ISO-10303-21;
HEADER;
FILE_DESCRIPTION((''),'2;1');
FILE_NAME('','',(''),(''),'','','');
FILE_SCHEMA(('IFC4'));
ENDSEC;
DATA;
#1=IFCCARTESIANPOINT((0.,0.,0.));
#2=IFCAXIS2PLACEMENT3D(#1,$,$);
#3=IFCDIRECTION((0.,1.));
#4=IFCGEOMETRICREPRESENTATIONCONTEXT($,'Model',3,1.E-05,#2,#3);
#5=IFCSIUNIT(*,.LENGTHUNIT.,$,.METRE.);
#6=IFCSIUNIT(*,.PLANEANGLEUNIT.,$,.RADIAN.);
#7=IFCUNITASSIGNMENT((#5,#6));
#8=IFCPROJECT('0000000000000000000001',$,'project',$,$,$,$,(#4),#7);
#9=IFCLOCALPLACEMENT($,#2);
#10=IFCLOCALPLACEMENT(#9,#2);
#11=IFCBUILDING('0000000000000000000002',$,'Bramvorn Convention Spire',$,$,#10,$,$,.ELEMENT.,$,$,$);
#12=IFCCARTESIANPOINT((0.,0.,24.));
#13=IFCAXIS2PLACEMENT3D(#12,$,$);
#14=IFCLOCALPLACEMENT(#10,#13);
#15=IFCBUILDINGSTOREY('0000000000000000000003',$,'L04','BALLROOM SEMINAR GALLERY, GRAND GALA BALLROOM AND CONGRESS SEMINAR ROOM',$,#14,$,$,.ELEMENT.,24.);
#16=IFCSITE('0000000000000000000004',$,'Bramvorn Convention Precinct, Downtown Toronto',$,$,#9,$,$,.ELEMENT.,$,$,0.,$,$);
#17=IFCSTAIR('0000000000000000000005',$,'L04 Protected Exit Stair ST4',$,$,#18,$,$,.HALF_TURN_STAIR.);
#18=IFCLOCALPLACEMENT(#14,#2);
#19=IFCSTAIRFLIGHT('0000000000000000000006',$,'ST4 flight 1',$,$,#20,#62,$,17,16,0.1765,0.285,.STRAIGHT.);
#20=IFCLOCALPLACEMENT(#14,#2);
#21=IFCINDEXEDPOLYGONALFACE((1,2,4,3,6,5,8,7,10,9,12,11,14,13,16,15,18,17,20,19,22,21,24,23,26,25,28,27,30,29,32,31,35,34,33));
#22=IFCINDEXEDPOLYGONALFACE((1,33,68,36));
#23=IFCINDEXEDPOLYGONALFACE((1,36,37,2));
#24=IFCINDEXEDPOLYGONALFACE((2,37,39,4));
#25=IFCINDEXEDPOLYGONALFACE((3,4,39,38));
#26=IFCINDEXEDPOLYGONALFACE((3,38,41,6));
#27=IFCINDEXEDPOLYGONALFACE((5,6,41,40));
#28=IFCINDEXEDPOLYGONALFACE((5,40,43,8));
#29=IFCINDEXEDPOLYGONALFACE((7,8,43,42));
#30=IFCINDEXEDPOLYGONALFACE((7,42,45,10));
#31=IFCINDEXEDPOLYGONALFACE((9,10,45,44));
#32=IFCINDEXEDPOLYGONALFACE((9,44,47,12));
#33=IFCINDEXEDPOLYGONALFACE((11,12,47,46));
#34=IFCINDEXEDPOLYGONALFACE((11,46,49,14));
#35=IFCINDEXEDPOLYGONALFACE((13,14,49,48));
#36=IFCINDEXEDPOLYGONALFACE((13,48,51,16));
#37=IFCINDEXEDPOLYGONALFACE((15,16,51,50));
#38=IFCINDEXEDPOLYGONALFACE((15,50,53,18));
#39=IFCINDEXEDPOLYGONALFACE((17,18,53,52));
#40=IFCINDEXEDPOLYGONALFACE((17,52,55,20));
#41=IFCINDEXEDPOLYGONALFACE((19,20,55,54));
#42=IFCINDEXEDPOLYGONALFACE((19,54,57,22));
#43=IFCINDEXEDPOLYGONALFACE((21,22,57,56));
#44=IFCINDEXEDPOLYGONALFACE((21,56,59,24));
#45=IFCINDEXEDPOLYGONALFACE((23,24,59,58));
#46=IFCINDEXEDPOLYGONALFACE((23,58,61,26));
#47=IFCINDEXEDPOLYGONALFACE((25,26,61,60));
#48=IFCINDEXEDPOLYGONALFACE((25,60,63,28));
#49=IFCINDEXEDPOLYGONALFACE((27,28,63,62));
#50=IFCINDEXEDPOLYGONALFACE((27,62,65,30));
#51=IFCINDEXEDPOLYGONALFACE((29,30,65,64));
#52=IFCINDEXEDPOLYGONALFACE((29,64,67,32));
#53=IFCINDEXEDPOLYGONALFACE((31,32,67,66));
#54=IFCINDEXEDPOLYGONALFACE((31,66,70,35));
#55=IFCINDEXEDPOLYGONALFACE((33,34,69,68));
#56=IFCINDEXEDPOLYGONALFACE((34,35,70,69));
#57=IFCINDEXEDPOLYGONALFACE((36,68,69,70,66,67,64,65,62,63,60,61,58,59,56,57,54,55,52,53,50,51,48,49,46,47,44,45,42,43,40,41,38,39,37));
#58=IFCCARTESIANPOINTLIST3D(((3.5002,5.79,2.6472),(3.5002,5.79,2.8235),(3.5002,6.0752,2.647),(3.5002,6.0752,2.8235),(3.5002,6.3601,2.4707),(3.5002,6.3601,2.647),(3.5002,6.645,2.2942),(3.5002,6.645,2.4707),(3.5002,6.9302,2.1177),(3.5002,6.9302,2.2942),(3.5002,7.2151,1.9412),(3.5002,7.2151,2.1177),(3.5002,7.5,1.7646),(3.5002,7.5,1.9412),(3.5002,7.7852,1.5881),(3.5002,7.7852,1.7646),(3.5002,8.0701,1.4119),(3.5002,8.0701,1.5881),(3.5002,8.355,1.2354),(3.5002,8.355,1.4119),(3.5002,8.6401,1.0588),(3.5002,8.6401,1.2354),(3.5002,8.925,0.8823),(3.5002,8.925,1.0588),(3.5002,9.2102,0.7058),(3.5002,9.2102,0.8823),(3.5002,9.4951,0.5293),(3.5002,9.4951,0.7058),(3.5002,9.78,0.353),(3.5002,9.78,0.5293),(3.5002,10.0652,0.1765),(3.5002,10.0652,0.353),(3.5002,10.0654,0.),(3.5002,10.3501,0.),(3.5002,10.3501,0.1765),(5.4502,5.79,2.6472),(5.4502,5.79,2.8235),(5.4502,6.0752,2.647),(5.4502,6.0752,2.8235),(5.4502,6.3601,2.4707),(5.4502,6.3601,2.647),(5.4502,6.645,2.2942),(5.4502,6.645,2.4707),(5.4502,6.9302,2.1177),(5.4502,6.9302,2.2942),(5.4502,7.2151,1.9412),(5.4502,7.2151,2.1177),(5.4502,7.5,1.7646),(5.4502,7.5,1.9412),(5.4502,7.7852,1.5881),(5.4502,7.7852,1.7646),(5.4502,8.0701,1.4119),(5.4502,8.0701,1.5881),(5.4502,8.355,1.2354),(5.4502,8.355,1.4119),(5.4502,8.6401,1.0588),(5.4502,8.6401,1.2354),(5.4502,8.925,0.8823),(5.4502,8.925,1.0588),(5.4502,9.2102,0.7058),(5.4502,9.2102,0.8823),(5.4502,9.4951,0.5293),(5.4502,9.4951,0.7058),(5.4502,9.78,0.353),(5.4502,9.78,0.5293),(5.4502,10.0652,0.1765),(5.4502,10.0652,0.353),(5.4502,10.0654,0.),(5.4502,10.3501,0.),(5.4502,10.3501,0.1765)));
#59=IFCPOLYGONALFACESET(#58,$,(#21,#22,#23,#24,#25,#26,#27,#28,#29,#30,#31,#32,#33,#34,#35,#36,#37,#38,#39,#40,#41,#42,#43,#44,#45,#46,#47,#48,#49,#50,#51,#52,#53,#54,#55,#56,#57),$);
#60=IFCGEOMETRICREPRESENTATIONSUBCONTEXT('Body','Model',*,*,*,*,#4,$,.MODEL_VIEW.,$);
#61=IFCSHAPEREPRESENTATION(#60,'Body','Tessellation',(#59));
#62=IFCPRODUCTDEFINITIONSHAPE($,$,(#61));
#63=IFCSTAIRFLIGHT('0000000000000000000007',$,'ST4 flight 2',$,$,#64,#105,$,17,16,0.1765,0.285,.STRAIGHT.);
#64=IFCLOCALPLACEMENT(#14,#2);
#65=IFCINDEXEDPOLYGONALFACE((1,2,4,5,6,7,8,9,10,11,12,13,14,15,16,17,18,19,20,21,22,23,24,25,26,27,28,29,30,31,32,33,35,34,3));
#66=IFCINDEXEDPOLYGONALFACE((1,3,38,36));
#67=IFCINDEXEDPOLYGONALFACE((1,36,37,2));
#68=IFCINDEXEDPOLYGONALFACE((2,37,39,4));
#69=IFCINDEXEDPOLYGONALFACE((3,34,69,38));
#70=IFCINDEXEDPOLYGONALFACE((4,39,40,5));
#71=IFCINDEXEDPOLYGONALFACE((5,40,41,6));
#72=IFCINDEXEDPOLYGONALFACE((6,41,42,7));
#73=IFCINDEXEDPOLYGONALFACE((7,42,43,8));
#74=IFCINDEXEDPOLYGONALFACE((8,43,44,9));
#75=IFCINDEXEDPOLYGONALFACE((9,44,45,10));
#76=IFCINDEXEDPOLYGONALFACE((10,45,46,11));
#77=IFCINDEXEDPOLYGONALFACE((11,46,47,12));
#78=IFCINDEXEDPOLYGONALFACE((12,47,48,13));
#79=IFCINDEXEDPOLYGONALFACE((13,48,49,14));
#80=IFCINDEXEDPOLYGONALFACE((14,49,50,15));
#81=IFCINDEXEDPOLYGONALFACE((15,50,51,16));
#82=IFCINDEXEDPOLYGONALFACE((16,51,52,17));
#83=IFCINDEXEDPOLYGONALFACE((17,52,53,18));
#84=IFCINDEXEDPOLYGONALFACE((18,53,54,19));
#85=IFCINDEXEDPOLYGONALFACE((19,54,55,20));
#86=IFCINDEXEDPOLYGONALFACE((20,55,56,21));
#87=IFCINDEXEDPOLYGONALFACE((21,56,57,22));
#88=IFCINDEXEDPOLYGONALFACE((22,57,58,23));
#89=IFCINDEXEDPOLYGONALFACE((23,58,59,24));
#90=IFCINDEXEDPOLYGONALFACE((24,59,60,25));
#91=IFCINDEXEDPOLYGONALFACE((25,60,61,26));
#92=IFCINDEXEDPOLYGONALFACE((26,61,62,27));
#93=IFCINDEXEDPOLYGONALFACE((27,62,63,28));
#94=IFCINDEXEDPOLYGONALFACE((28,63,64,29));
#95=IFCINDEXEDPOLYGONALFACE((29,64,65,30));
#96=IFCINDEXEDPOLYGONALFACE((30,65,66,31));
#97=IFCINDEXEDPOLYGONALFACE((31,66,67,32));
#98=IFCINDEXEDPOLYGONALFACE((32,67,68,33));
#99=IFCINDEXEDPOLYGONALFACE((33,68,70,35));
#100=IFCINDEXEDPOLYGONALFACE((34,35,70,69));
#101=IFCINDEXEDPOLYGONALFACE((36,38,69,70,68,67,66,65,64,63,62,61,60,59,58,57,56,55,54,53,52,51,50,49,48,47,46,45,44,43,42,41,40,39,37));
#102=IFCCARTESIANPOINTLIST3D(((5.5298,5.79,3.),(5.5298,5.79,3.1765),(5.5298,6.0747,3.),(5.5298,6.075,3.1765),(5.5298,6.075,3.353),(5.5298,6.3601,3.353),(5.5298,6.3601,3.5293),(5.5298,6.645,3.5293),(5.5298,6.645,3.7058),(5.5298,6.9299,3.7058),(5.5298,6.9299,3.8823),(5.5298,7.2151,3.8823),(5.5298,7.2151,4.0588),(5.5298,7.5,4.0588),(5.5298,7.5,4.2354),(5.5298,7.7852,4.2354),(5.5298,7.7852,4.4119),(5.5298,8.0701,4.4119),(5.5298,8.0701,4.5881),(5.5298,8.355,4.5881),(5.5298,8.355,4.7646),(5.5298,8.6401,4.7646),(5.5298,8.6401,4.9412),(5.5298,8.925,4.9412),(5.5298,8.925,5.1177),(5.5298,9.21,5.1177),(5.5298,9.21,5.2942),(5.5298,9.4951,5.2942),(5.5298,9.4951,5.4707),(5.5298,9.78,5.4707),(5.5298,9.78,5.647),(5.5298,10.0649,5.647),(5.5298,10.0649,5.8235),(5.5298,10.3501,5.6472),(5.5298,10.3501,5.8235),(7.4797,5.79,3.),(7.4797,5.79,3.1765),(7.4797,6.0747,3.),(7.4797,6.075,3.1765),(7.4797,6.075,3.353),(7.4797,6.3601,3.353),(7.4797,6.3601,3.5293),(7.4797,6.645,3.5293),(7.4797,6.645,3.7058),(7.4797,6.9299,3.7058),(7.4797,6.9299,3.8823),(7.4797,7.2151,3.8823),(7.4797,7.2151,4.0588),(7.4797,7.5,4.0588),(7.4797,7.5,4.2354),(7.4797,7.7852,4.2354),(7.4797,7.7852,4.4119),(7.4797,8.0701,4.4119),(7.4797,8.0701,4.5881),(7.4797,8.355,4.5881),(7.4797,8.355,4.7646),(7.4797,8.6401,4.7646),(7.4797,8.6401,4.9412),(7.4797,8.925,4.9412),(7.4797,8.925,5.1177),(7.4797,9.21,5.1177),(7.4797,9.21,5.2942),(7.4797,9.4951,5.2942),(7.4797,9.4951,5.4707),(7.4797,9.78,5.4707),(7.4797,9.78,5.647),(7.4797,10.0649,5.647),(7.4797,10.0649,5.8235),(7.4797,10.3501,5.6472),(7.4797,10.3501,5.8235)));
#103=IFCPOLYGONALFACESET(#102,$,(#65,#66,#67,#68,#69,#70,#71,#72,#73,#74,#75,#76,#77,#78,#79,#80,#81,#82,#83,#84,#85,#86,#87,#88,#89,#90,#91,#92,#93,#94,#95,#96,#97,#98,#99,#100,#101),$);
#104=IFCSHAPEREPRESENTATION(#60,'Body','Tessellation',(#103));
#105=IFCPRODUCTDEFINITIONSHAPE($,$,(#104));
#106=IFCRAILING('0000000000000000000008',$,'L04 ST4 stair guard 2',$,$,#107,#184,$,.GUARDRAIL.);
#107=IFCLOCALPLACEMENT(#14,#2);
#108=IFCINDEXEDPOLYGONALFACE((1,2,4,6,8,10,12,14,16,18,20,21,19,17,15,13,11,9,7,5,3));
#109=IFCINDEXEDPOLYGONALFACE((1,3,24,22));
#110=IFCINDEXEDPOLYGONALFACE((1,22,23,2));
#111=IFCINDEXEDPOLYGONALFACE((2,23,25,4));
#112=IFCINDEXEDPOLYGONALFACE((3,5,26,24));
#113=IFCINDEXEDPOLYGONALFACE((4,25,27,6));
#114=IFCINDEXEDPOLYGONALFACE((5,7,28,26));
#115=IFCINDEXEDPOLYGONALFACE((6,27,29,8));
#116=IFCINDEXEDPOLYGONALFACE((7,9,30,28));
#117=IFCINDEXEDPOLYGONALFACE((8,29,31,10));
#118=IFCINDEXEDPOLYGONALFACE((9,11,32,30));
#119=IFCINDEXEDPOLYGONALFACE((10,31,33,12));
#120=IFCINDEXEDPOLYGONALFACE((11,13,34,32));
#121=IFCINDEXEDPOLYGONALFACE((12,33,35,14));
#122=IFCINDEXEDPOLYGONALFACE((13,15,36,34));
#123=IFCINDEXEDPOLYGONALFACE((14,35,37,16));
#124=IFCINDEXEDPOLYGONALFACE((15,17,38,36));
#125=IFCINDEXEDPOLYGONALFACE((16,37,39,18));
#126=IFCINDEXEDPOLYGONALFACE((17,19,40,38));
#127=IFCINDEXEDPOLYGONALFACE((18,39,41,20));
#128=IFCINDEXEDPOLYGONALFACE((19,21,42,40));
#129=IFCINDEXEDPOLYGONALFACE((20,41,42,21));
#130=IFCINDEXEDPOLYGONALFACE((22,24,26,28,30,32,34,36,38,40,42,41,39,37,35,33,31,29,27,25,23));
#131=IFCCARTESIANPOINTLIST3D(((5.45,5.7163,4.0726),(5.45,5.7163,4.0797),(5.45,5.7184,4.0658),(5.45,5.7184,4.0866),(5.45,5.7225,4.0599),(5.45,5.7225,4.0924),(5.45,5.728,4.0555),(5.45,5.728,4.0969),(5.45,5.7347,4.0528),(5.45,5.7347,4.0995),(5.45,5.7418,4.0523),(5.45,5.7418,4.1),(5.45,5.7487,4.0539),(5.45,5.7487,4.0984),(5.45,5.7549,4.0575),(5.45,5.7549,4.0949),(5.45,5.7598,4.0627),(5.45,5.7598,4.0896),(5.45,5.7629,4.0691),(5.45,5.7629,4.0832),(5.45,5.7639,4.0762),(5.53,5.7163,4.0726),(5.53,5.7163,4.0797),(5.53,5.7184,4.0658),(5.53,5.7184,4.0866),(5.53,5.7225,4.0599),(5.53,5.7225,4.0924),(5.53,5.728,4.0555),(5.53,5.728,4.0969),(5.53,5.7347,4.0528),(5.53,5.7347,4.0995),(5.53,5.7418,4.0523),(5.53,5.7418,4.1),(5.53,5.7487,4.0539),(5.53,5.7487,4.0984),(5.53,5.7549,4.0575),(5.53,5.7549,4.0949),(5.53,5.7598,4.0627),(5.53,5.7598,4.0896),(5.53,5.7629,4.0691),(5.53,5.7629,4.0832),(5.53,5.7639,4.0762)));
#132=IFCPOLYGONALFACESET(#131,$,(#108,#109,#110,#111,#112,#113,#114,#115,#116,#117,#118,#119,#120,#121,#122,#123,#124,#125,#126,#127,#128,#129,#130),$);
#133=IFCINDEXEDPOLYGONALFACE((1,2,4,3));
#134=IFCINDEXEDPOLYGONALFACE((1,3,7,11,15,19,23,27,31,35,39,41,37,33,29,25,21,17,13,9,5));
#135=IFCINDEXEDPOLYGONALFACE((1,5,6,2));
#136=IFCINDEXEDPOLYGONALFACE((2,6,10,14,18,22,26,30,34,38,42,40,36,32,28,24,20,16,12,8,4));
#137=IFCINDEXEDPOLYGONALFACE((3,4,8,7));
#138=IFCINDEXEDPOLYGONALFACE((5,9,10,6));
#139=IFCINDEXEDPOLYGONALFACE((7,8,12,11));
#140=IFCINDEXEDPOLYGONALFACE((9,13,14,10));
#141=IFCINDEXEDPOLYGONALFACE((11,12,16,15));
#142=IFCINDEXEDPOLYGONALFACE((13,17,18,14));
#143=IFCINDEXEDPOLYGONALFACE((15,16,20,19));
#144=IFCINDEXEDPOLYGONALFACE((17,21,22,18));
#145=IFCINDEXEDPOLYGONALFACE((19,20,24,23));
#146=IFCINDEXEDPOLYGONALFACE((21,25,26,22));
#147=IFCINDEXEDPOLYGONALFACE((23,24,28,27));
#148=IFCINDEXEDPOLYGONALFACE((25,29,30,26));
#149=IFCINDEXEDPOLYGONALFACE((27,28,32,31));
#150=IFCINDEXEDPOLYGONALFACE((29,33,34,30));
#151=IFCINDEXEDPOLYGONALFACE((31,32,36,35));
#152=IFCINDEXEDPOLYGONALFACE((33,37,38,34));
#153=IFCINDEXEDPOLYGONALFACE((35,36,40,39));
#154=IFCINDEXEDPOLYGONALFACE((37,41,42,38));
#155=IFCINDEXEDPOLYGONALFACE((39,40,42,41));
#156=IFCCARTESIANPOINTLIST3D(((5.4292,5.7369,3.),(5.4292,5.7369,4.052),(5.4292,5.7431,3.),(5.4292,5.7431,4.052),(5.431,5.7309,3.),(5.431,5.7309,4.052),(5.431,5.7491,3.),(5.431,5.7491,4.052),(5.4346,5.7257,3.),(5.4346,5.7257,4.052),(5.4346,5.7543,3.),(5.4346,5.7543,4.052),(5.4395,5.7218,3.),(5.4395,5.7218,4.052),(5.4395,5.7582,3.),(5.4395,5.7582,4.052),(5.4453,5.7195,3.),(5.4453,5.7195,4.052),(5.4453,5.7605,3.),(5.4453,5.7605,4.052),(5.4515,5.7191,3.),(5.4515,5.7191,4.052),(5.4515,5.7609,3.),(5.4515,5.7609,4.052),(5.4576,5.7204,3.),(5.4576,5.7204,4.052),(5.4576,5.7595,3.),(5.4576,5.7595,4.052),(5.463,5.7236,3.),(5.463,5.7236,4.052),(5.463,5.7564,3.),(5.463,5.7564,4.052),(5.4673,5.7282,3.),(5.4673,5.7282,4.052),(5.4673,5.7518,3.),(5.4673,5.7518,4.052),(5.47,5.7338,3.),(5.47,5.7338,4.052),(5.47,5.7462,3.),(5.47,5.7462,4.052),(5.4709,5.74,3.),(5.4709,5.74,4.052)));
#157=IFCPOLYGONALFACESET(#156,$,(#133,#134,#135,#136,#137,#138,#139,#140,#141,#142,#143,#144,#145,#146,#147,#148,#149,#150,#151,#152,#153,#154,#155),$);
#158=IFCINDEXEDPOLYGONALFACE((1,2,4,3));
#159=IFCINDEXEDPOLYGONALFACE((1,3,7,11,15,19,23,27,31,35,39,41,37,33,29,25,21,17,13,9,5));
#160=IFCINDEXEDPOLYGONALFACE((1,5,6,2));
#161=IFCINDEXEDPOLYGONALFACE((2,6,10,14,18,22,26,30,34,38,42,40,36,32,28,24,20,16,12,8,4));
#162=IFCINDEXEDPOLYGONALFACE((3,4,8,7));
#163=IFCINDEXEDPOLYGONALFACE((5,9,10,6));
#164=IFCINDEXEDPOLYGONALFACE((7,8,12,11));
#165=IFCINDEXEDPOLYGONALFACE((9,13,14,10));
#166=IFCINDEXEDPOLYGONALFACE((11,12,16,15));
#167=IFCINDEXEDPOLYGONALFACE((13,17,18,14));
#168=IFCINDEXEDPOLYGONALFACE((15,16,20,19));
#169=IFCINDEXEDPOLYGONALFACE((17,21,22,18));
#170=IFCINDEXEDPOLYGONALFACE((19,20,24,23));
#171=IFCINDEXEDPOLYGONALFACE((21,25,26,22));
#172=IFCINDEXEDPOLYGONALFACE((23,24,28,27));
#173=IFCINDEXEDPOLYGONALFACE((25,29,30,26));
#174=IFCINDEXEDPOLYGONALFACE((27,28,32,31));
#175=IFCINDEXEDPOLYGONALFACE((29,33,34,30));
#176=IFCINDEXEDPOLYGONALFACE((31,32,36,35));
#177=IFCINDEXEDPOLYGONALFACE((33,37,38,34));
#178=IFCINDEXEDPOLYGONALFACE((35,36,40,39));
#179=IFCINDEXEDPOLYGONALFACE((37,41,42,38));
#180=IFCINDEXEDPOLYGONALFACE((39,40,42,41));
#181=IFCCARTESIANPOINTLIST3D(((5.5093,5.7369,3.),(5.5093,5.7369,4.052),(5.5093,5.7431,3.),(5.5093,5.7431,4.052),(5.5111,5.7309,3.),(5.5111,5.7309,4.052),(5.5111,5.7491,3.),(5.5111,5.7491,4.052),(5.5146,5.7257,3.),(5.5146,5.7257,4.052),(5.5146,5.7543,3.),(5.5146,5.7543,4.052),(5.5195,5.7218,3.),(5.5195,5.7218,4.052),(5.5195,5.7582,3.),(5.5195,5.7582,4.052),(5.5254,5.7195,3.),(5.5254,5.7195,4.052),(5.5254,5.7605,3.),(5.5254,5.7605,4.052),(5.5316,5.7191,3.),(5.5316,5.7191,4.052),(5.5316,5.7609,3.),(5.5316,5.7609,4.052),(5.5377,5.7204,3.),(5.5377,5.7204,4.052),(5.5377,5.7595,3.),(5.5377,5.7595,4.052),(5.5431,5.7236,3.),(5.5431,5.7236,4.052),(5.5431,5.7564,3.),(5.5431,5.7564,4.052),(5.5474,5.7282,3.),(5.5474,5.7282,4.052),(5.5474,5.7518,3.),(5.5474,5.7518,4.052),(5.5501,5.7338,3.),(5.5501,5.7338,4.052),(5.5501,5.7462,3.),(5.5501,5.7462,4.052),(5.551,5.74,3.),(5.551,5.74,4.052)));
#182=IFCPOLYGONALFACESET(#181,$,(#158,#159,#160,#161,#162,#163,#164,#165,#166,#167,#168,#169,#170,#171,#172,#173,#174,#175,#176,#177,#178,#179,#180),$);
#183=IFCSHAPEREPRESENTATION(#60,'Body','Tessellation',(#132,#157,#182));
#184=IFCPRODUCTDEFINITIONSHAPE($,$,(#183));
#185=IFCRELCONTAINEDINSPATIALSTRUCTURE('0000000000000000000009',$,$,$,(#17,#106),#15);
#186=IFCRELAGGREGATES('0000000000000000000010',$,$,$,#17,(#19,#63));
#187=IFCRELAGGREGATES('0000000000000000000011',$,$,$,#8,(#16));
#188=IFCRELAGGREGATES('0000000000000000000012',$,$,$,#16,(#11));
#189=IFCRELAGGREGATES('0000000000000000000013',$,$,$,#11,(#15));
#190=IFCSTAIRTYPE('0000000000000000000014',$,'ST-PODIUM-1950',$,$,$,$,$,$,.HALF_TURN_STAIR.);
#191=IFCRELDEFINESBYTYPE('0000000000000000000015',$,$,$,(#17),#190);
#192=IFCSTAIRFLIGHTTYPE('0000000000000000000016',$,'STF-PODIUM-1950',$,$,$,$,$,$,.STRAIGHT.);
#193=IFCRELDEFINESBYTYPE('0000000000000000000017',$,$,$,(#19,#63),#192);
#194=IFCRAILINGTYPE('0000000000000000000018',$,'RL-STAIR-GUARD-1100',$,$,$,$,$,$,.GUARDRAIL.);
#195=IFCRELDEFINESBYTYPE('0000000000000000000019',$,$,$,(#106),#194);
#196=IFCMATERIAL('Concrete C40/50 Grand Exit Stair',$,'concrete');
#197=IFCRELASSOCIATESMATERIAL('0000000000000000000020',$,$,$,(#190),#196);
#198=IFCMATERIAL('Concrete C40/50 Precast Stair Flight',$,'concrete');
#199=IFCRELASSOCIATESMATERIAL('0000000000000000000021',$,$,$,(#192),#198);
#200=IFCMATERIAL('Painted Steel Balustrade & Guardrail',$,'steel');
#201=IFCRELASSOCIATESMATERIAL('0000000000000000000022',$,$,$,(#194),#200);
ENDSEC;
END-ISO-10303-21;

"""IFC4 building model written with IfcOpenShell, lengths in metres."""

from ifc_helpers import new_model, si_unit, direction, frame, origin, origin_2d, place, context, subcontext, project, spatial, polyline, circle, outline, extrude, material, type_object, element, aggregate, save


model = new_model("IFC4")

# Units and contexts
model_context = context("Model", 3, precision=1e-05, world=origin(), true_north=direction((0.0, 1.0)))
body_context = subcontext(model_context, "Body", "Model", "MODEL_VIEW")
ifc_project = project(units=[si_unit("LENGTHUNIT", "METRE"), si_unit("PLANEANGLEUNIT", "RADIAN")], contexts=[model_context])

# Site, building, storey
site_placement = place(None, origin())
site = spatial("IfcSite", under=ifc_project, at=site_placement, Name="Bramvorn Convention Precinct, Downtown Toronto", CompositionType="ELEMENT", RefElevation=0.0)
building_placement = place(site_placement, origin())
building = spatial("IfcBuilding", under=site, at=building_placement, Name="Bramvorn Convention Spire", CompositionType="ELEMENT")
storey_placement = place(building_placement, frame((0.0, 0.0, 24.0)))
storey = spatial("IfcBuildingStorey", under=building, at=storey_placement, Name="L04", Description="BALLROOM SEMINAR GALLERY, GRAND GALA BALLROOM AND CONGRESS SEMINAR ROOM", CompositionType="ELEMENT", Elevation=24.0)

# Stair, stair flights
ifc_material_1 = material(Name="Concrete C40/50 Grand Exit Stair", Category="concrete")
stair_type = type_object("IfcStairType", Name="ST-PODIUM-1950", PredefinedType="HALF_TURN_STAIR", material=ifc_material_1)
stair_placement = place(storey_placement, origin())
stair = element("IfcStair", 1, at=stair_placement, inside=storey, type_object=stair_type, Name="L04 Protected Exit Stair ST4", PredefinedType="HALF_TURN_STAIR")
ifc_material_2 = material(Name="Concrete C40/50 Precast Stair Flight", Category="concrete")
stair_flight_type = type_object("IfcStairFlightType", Name="STF-PODIUM-1950", PredefinedType="STRAIGHT", material=ifc_material_2)
stair_flight_1_placement = place(storey_placement, frame((4.4751, 10.3501, 0.0), z_axis=(0.0, 0.0, 1.0), x_axis=(0.0, -1.0, 0.0)))
stair_flight_1 = element("IfcStairFlight", 2, at=stair_flight_1_placement, type_object=stair_flight_type, Name="ST4 flight 1", NumberOfRisers=17, NumberOfTreads=16, PredefinedType="STRAIGHT", RiserHeight=0.1765, TreadLength=0.285, context=body_context, shape_type="SweptSolid", body=[
    extrude(outline(polyline([(0.0, 0.0), (0.0, 0.1765), (0.2849, 0.1765), (0.2849, 0.353), (0.5701, 0.353), (0.5701, 0.5293), (0.855, 0.5293), (0.855, 0.7058), (1.1399, 0.7058), (1.1399, 0.8823), (1.425, 0.8823), (1.425, 1.0588), (1.71, 1.0588), (1.71, 1.2354), (1.9951, 1.2354), (1.9951, 1.4119), (2.28, 1.4119), (2.28, 1.5881), (2.5649, 1.5881), (2.5649, 1.7646), (2.8501, 1.7646), (2.8501, 1.9412), (3.135, 1.9412), (3.135, 2.1177), (3.4199, 2.1177), (3.4199, 2.2942), (3.7051, 2.2942), (3.7051, 2.4707), (3.99, 2.4707), (3.99, 2.647), (4.2749, 2.647), (4.2749, 2.8235), (4.5601, 2.8235), (4.5601, 3.0), (4.5601, 2.6472), (0.2847, 0.0), (0.0, 0.0)])), frame((0.0, 0.9751, 0.0), z_axis=(0.0, -1.0, 0.0), x_axis=(1.0, 0.0, 0.0)), (0.0, 0.0, 1.0), 1.95),
])
stair_flight_2_placement = place(storey_placement, frame((6.5049, 5.79, 3.0), z_axis=(0.0, 0.0, 1.0), x_axis=(0.0, 1.0, 0.0)))
stair_flight_2 = element("IfcStairFlight", 3, at=stair_flight_2_placement, type_object=stair_flight_type, Name="ST4 flight 2", NumberOfRisers=17, NumberOfTreads=16, PredefinedType="STRAIGHT", RiserHeight=0.1765, TreadLength=0.285, context=body_context, shape_type="SweptSolid", body=[
    extrude(outline(polyline([(0.0, 0.0), (0.0, 0.1765), (0.2849, 0.1765), (0.2849, 0.353), (0.5701, 0.353), (0.5701, 0.5293), (0.855, 0.5293), (0.855, 0.7058), (1.1399, 0.7058), (1.1399, 0.8823), (1.425, 0.8823), (1.425, 1.0588), (1.71, 1.0588), (1.71, 1.2354), (1.9951, 1.2354), (1.9951, 1.4119), (2.28, 1.4119), (2.28, 1.5881), (2.5649, 1.5881), (2.5649, 1.7646), (2.8501, 1.7646), (2.8501, 1.9412), (3.135, 1.9412), (3.135, 2.1177), (3.4199, 2.1177), (3.4199, 2.2942), (3.7051, 2.2942), (3.7051, 2.4707), (3.99, 2.4707), (3.99, 2.647), (4.2749, 2.647), (4.2749, 2.8235), (4.5601, 2.8235), (4.5601, 3.0), (4.5601, 2.6472), (0.2847, 0.0), (0.0, 0.0)])), frame((0.0, 0.9751, 0.0), z_axis=(0.0, -1.0, 0.0), x_axis=(1.0, 0.0, 0.0)), (0.0, 0.0, 1.0), 1.95),
])
aggregate(stair, [stair_flight_1, stair_flight_2])

# Railing
ifc_material_3 = material(Name="Painted Steel Balustrade & Guardrail", Category="steel")
railing_type_1 = type_object("IfcRailingType", Name="RL-STAIR-GUARD-1100", PredefinedType="GUARDRAIL", material=ifc_material_3)
railing_1_placement = place(storey_placement, frame((5.45, 5.74, 3.0)))
element("IfcRailing", 4, at=railing_1_placement, inside=storey, type_object=railing_type_1, Name="L04 ST4 stair guard 2", PredefinedType="GUARDRAIL", context=body_context, shape_type="SweptSolid", body=[
    extrude(circle(Radius=0.0239, at=origin_2d()), frame((0.0, 0.0, 1.0762), z_axis=(1.0, 0.0, 0.0), x_axis=(0.0, 1.0, 0.0)), (0.0, 0.0, 1.0), 0.0801),
    extrude(circle(Radius=0.021, at=origin_2d()), origin(), (0.0, 0.0, 1.0), 1.052),
    extrude(circle(Radius=0.021, at=origin_2d()), frame((0.0801, 0.0, 0.0)), (0.0, 0.0, 1.0), 1.052),
])

save(model, "model.ifc")
